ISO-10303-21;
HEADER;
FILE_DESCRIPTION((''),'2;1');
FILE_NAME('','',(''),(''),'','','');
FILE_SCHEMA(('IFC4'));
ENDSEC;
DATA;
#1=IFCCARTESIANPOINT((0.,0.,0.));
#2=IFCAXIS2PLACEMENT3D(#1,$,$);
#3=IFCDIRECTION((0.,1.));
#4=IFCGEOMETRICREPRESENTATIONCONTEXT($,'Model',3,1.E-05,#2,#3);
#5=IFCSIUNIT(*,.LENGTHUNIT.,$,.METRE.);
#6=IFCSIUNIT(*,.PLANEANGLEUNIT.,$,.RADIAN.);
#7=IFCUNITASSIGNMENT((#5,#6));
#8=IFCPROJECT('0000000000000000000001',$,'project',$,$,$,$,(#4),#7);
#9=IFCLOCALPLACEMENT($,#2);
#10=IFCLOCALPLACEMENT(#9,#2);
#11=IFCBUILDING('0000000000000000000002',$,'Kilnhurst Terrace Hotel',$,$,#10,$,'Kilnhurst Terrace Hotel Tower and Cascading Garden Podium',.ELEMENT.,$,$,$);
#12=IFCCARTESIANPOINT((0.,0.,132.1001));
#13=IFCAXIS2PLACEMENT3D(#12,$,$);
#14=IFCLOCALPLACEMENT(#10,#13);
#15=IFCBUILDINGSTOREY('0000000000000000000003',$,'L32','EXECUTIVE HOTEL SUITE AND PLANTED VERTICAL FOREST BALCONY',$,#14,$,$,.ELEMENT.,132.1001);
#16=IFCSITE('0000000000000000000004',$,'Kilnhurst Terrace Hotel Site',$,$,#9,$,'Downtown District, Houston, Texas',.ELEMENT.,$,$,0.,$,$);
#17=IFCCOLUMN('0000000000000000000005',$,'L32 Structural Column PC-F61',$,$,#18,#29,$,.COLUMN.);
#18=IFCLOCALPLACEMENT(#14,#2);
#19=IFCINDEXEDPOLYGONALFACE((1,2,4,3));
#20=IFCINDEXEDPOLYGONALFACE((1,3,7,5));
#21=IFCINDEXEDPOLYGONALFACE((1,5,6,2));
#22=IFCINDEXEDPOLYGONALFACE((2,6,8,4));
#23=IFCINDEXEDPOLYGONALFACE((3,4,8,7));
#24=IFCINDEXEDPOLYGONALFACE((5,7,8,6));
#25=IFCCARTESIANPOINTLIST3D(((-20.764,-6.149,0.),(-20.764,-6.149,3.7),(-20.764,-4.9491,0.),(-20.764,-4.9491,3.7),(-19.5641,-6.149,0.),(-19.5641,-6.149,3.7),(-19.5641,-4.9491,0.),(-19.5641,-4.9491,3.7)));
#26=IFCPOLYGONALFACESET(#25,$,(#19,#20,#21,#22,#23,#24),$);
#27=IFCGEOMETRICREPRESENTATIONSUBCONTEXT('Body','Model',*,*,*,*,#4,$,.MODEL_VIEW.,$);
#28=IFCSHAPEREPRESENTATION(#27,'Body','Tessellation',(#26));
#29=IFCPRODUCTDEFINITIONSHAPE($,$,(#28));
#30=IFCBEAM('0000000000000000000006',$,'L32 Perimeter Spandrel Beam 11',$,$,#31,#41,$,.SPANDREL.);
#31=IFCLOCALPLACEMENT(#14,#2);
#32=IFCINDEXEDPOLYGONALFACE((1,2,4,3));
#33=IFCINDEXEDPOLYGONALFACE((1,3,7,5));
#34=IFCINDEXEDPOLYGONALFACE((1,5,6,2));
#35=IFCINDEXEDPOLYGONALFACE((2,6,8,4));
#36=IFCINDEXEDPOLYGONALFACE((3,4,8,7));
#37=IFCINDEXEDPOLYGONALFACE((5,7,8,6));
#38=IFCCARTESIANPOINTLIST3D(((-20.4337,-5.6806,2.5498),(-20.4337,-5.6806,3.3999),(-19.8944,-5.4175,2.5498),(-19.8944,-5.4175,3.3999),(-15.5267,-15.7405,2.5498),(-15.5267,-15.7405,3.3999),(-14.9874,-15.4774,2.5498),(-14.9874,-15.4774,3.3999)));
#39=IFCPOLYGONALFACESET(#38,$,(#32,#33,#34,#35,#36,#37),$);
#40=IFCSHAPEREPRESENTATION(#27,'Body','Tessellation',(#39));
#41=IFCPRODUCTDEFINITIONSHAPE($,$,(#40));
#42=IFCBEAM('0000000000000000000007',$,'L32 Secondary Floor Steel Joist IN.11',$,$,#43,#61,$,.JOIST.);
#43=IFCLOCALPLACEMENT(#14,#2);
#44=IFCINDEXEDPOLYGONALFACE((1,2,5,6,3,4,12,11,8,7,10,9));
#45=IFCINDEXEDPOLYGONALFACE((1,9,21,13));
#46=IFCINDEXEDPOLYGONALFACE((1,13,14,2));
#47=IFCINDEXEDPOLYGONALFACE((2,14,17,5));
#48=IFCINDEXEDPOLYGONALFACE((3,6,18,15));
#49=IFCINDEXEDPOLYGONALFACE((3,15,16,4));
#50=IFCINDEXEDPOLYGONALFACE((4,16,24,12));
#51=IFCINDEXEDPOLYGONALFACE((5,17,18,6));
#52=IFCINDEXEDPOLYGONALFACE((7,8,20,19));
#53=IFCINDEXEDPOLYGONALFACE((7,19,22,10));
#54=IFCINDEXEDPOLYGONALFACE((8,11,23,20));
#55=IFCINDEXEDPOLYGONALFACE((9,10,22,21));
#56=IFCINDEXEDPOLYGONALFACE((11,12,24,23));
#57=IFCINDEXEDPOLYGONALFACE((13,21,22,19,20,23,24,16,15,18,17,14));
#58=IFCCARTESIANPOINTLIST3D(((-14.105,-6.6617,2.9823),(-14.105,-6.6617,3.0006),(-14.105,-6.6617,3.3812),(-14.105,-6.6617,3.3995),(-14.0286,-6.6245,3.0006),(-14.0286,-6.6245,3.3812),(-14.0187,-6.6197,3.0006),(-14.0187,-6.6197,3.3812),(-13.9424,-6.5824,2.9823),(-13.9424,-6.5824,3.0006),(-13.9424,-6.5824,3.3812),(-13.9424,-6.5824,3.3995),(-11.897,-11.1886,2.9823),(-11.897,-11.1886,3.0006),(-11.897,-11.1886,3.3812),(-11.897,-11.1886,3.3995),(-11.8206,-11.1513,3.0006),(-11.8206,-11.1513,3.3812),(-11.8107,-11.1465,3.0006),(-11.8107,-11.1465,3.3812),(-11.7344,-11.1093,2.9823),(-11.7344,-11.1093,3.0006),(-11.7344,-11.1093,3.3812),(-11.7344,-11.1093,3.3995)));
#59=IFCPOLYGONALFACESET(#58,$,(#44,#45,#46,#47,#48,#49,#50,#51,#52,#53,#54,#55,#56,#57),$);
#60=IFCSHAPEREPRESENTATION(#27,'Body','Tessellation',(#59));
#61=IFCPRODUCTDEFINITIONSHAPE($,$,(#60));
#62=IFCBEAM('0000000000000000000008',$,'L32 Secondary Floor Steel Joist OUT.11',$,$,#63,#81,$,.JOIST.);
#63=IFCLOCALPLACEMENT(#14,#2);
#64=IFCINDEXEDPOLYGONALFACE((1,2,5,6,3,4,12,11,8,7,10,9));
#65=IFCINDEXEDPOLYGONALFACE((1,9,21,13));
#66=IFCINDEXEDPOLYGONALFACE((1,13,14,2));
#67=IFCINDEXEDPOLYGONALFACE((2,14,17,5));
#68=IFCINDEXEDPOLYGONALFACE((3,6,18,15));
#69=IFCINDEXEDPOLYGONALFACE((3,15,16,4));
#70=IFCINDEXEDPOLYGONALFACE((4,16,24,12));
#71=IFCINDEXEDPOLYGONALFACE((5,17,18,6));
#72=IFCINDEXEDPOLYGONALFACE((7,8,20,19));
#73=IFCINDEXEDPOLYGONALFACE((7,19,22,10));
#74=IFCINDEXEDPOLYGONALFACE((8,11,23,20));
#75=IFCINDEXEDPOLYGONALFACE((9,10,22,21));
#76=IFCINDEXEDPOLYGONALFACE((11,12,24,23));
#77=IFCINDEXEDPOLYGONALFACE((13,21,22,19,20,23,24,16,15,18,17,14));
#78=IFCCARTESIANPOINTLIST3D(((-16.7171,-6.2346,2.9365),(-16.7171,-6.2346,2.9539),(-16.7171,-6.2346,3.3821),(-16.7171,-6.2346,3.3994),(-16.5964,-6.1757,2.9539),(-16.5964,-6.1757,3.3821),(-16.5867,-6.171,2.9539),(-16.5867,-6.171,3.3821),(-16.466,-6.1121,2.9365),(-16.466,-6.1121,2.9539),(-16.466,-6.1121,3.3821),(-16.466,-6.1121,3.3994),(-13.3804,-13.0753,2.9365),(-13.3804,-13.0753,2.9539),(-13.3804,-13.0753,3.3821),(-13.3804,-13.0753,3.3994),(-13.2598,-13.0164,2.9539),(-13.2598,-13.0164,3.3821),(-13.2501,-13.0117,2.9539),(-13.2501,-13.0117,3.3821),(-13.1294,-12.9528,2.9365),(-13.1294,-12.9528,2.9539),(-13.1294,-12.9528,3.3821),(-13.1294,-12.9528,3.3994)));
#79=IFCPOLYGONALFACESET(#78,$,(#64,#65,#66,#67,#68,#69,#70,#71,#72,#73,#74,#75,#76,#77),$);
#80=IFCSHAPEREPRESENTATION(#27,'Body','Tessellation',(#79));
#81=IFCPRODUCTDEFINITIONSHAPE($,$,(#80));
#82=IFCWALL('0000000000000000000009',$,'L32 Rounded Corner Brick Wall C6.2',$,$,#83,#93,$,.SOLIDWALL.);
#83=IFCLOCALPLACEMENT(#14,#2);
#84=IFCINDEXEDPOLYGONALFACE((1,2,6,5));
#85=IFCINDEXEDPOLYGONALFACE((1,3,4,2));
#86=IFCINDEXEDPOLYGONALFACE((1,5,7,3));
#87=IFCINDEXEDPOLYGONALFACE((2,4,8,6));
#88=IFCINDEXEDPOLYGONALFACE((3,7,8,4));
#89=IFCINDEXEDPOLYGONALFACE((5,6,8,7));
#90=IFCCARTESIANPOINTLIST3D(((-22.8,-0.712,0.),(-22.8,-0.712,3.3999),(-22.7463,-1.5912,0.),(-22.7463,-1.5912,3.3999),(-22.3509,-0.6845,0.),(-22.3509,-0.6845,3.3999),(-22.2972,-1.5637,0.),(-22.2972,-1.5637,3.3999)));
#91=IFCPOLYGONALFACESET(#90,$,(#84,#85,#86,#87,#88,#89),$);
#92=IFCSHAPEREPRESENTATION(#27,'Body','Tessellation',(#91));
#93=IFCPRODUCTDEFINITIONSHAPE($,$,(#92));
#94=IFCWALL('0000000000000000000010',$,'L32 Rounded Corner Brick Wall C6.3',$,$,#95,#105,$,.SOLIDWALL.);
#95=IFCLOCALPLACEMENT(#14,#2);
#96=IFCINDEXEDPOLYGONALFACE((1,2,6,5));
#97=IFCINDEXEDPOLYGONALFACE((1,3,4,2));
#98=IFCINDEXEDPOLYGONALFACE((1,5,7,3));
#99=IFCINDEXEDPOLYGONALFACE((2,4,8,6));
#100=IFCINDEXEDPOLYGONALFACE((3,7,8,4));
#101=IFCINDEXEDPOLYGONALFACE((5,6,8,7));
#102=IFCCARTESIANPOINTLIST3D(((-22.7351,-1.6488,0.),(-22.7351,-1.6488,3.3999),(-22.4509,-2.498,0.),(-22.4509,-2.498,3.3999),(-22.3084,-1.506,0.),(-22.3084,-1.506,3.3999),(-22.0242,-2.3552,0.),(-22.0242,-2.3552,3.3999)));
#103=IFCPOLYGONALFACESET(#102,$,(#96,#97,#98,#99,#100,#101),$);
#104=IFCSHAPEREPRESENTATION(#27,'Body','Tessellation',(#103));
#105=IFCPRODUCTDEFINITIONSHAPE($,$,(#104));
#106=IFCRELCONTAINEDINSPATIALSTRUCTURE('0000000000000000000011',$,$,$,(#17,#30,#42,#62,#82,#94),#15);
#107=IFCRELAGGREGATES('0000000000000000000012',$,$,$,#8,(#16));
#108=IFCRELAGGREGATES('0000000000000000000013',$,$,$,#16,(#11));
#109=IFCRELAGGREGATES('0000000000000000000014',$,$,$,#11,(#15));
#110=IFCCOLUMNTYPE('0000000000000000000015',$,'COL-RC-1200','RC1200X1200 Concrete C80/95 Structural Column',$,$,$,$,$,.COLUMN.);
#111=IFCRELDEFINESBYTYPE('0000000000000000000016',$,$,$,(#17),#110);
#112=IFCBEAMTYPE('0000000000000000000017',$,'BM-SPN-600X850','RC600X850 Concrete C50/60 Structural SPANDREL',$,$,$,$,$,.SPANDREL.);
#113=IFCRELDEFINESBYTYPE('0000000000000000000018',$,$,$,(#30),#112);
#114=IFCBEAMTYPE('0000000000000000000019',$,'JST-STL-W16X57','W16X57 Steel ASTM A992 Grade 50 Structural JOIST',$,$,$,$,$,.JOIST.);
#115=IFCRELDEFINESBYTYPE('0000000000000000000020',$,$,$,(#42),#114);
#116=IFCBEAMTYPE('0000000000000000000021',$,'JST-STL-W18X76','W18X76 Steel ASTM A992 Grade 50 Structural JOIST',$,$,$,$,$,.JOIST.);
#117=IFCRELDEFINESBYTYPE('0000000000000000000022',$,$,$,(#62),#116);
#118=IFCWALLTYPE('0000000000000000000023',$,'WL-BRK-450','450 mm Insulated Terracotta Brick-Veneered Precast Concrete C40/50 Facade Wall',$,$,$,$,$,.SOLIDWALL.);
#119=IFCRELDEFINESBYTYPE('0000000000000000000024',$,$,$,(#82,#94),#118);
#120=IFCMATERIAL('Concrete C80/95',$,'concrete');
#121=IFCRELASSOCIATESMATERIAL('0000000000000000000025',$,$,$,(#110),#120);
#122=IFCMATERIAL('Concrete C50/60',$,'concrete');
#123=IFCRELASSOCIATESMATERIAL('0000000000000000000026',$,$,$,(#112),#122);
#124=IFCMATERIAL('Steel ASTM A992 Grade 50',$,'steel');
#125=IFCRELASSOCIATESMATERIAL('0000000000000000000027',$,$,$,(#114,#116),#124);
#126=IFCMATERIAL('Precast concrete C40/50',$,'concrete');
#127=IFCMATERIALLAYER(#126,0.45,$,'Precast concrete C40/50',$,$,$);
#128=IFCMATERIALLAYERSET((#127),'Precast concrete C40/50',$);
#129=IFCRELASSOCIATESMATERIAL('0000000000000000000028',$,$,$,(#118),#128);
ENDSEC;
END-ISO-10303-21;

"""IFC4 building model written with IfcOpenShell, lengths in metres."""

from ifc_helpers import new_model, si_unit, direction, frame, frame_2d, origin, origin_2d, place, context, subcontext, project, spatial, rectangle, i_section, extrude, material, layer, layer_set, material_profile, profile_set, type_object, element, save


model = new_model("IFC4")

# Units and contexts
model_context = context("Model", 3, precision=1e-05, world=origin(), true_north=direction((0.0, 1.0)))
body_context = subcontext(model_context, "Body", "Model", "MODEL_VIEW")
ifc_project = project(units=[si_unit("LENGTHUNIT", "METRE"), si_unit("PLANEANGLEUNIT", "RADIAN")], contexts=[model_context])

# Site, building, storey
site_placement = place(None, origin())
site = spatial("IfcSite", under=ifc_project, at=site_placement, Name="Kilnhurst Terrace Hotel Site", LongName="Downtown District, Houston, Texas", CompositionType="ELEMENT", RefElevation=0.0)
building_placement = place(site_placement, origin())
building = spatial("IfcBuilding", under=site, at=building_placement, Name="Kilnhurst Terrace Hotel", LongName="Kilnhurst Terrace Hotel Tower and Cascading Garden Podium", CompositionType="ELEMENT")
storey_placement = place(building_placement, frame((0.0, 0.0, 132.1001)))
storey = spatial("IfcBuildingStorey", under=building, at=storey_placement, Name="L32", Description="EXECUTIVE HOTEL SUITE AND PLANTED VERTICAL FOREST BALCONY", CompositionType="ELEMENT", Elevation=132.1001)

# Column
ifc_material_1 = material(Name="Concrete C80/95", Category="concrete")
ifc_material_profile_1 = material_profile(ifc_material_1, rectangle(XDim=1.2, YDim=1.2, at=origin_2d()), Name="RC1200X1200")
ifc_profile_set_1 = profile_set([ifc_material_profile_1], Name="Concrete C80/95")
column_type = type_object("IfcColumnType", Name="COL-RC-1200", Description="RC1200X1200 Concrete C80/95 Structural Column", PredefinedType="COLUMN", material=ifc_profile_set_1)
column_placement = place(storey_placement, frame((-20.1641, -5.5491, 0.0), z_axis=(0.0, 0.0, 1.0), x_axis=(1.0, 0.0, 0.0)))
element("IfcColumn", 1, at=column_placement, inside=storey, type_object=column_type, Name="L32 Structural Column PC-F61", PredefinedType="COLUMN", context=body_context, shape_type="SweptSolid", body=[
    extrude(rectangle(XDim=1.2, YDim=1.2, at=origin_2d()), origin(), (0.0, 0.0, 1.0), 3.7),
])

# Beams
ifc_material_2 = material(Name="Concrete C50/60", Category="concrete")
ifc_material_profile_2 = material_profile(ifc_material_2, rectangle(XDim=0.6001, YDim=0.8501, at=origin_2d()), Name="RC600X850")
ifc_profile_set_2 = profile_set([ifc_material_profile_2], Name="Concrete C50/60")
beam_type_1 = type_object("IfcBeamType", Name="BM-SPN-600X850", Description="RC600X850 Concrete C50/60 Structural SPANDREL", PredefinedType="SPANDREL", material=ifc_profile_set_2)
beam_1_placement = place(storey_placement, frame((-20.1641, -5.5491, 2.9749), z_axis=(0.438406, -0.898777, 0.0), x_axis=(0.898777, 0.438406, 0.0)))
element("IfcBeam", 2, at=beam_1_placement, inside=storey, type_object=beam_type_1, Name="L32 Perimeter Spandrel Beam 11", PredefinedType="SPANDREL", context=body_context, shape_type="SweptSolid", body=[
    extrude(rectangle(XDim=0.6001, YDim=0.8501, at=origin_2d()), origin(), (0.0, 0.0, 1.0), 11.1929),
])
ifc_material_3 = material(Name="Steel ASTM A992 Grade 50", Category="steel")
ifc_material_profile_3 = material_profile(ifc_material_3, i_section(OverallWidth=0.1809, OverallDepth=0.4172, WebThickness=0.011, FlangeThickness=0.0183, at=origin_2d()), Name="W16X57")
ifc_profile_set_3 = profile_set([ifc_material_profile_3], Name="Steel ASTM A992 Grade 50")
beam_type_2 = type_object("IfcBeamType", Name="JST-STL-W16X57", Description="W16X57 Steel ASTM A992 Grade 50 Structural JOIST", PredefinedType="JOIST", material=ifc_profile_set_3)
beam_2_placement = place(storey_placement, frame((-14.0237, -6.6221, 3.1909), z_axis=(0.438389, -0.898785, 0.0), x_axis=(0.898785, 0.438389, 0.0)))
element("IfcBeam", 3, at=beam_2_placement, inside=storey, type_object=beam_type_2, Name="L32 Secondary Floor Steel Joist IN.11", PredefinedType="JOIST", context=body_context, shape_type="SweptSolid", body=[
    extrude(i_section(OverallWidth=0.1809, OverallDepth=0.4172, WebThickness=0.011, FlangeThickness=0.0183, at=origin_2d()), origin(), (0.0, 0.0, 1.0), 5.0366),
])
ifc_material_profile_4 = material_profile(ifc_material_3, i_section(OverallWidth=0.2793, OverallDepth=0.4629, WebThickness=0.0107, FlangeThickness=0.0173, at=origin_2d()), Name="W18X76")
ifc_profile_set_4 = profile_set([ifc_material_profile_4], Name="Steel ASTM A992 Grade 50")
beam_type_3 = type_object("IfcBeamType", Name="JST-STL-W18X76", Description="W18X76 Steel ASTM A992 Grade 50 Structural JOIST", PredefinedType="JOIST", material=ifc_profile_set_4)
beam_3_placement = place(storey_placement, frame((-16.5916, -6.1733, 3.168), z_axis=(0.43839, -0.898785, 0.0), x_axis=(0.898785, 0.43839, 0.0)))
element("IfcBeam", 4, at=beam_3_placement, inside=storey, type_object=beam_type_3, Name="L32 Secondary Floor Steel Joist OUT.11", PredefinedType="JOIST", context=body_context, shape_type="SweptSolid", body=[
    extrude(i_section(OverallWidth=0.2793, OverallDepth=0.4629, WebThickness=0.0107, FlangeThickness=0.0173, at=origin_2d()), origin(), (0.0, 0.0, 1.0), 7.6111),
])

# Walls
ifc_material_4 = material(Name="Precast concrete C40/50", Category="concrete")
ifc_layer_1 = layer(ifc_material_4, 0.45, Name="Precast concrete C40/50")
ifc_layer_set_1 = layer_set([ifc_layer_1], Name="Precast concrete C40/50")
wall_type_1 = type_object("IfcWallType", Name="WL-BRK-450", Description="450 mm Insulated Terracotta Brick-Veneered Precast Concrete C40/50 Facade Wall", PredefinedType="SOLIDWALL", material=ifc_layer_set_1)
wall_1_placement = place(storey_placement, frame((-22.5754, -0.6982, 0.0), z_axis=(0.0, 0.0, 1.0), x_axis=(0.06098, -0.998139, 0.0)))
element("IfcWall", 5, at=wall_1_placement, inside=storey, type_object=wall_type_1, Name="L32 Rounded Corner Brick Wall C6.2", PredefinedType="SOLIDWALL", context=body_context, shape_type="SweptSolid", body=[
    extrude(rectangle(XDim=0.8809, YDim=0.45, at=frame_2d((0.4404, 0.0))), origin(), (0.0, 0.0, 1.0), 3.3999),
])
wall_2_placement = place(storey_placement, frame((-22.5217, -1.5774, 0.0), z_axis=(0.0, 0.0, 1.0), x_axis=(0.317373, -0.948301, 0.0)))
element("IfcWall", 6, at=wall_2_placement, inside=storey, type_object=wall_type_1, Name="L32 Rounded Corner Brick Wall C6.3", PredefinedType="SOLIDWALL", context=body_context, shape_type="SweptSolid", body=[
    extrude(rectangle(XDim=0.8955, YDim=0.45, at=frame_2d((0.4478, 0.0))), origin(), (0.0, 0.0, 1.0), 3.3999),
])

save(model, "model.ifc")
